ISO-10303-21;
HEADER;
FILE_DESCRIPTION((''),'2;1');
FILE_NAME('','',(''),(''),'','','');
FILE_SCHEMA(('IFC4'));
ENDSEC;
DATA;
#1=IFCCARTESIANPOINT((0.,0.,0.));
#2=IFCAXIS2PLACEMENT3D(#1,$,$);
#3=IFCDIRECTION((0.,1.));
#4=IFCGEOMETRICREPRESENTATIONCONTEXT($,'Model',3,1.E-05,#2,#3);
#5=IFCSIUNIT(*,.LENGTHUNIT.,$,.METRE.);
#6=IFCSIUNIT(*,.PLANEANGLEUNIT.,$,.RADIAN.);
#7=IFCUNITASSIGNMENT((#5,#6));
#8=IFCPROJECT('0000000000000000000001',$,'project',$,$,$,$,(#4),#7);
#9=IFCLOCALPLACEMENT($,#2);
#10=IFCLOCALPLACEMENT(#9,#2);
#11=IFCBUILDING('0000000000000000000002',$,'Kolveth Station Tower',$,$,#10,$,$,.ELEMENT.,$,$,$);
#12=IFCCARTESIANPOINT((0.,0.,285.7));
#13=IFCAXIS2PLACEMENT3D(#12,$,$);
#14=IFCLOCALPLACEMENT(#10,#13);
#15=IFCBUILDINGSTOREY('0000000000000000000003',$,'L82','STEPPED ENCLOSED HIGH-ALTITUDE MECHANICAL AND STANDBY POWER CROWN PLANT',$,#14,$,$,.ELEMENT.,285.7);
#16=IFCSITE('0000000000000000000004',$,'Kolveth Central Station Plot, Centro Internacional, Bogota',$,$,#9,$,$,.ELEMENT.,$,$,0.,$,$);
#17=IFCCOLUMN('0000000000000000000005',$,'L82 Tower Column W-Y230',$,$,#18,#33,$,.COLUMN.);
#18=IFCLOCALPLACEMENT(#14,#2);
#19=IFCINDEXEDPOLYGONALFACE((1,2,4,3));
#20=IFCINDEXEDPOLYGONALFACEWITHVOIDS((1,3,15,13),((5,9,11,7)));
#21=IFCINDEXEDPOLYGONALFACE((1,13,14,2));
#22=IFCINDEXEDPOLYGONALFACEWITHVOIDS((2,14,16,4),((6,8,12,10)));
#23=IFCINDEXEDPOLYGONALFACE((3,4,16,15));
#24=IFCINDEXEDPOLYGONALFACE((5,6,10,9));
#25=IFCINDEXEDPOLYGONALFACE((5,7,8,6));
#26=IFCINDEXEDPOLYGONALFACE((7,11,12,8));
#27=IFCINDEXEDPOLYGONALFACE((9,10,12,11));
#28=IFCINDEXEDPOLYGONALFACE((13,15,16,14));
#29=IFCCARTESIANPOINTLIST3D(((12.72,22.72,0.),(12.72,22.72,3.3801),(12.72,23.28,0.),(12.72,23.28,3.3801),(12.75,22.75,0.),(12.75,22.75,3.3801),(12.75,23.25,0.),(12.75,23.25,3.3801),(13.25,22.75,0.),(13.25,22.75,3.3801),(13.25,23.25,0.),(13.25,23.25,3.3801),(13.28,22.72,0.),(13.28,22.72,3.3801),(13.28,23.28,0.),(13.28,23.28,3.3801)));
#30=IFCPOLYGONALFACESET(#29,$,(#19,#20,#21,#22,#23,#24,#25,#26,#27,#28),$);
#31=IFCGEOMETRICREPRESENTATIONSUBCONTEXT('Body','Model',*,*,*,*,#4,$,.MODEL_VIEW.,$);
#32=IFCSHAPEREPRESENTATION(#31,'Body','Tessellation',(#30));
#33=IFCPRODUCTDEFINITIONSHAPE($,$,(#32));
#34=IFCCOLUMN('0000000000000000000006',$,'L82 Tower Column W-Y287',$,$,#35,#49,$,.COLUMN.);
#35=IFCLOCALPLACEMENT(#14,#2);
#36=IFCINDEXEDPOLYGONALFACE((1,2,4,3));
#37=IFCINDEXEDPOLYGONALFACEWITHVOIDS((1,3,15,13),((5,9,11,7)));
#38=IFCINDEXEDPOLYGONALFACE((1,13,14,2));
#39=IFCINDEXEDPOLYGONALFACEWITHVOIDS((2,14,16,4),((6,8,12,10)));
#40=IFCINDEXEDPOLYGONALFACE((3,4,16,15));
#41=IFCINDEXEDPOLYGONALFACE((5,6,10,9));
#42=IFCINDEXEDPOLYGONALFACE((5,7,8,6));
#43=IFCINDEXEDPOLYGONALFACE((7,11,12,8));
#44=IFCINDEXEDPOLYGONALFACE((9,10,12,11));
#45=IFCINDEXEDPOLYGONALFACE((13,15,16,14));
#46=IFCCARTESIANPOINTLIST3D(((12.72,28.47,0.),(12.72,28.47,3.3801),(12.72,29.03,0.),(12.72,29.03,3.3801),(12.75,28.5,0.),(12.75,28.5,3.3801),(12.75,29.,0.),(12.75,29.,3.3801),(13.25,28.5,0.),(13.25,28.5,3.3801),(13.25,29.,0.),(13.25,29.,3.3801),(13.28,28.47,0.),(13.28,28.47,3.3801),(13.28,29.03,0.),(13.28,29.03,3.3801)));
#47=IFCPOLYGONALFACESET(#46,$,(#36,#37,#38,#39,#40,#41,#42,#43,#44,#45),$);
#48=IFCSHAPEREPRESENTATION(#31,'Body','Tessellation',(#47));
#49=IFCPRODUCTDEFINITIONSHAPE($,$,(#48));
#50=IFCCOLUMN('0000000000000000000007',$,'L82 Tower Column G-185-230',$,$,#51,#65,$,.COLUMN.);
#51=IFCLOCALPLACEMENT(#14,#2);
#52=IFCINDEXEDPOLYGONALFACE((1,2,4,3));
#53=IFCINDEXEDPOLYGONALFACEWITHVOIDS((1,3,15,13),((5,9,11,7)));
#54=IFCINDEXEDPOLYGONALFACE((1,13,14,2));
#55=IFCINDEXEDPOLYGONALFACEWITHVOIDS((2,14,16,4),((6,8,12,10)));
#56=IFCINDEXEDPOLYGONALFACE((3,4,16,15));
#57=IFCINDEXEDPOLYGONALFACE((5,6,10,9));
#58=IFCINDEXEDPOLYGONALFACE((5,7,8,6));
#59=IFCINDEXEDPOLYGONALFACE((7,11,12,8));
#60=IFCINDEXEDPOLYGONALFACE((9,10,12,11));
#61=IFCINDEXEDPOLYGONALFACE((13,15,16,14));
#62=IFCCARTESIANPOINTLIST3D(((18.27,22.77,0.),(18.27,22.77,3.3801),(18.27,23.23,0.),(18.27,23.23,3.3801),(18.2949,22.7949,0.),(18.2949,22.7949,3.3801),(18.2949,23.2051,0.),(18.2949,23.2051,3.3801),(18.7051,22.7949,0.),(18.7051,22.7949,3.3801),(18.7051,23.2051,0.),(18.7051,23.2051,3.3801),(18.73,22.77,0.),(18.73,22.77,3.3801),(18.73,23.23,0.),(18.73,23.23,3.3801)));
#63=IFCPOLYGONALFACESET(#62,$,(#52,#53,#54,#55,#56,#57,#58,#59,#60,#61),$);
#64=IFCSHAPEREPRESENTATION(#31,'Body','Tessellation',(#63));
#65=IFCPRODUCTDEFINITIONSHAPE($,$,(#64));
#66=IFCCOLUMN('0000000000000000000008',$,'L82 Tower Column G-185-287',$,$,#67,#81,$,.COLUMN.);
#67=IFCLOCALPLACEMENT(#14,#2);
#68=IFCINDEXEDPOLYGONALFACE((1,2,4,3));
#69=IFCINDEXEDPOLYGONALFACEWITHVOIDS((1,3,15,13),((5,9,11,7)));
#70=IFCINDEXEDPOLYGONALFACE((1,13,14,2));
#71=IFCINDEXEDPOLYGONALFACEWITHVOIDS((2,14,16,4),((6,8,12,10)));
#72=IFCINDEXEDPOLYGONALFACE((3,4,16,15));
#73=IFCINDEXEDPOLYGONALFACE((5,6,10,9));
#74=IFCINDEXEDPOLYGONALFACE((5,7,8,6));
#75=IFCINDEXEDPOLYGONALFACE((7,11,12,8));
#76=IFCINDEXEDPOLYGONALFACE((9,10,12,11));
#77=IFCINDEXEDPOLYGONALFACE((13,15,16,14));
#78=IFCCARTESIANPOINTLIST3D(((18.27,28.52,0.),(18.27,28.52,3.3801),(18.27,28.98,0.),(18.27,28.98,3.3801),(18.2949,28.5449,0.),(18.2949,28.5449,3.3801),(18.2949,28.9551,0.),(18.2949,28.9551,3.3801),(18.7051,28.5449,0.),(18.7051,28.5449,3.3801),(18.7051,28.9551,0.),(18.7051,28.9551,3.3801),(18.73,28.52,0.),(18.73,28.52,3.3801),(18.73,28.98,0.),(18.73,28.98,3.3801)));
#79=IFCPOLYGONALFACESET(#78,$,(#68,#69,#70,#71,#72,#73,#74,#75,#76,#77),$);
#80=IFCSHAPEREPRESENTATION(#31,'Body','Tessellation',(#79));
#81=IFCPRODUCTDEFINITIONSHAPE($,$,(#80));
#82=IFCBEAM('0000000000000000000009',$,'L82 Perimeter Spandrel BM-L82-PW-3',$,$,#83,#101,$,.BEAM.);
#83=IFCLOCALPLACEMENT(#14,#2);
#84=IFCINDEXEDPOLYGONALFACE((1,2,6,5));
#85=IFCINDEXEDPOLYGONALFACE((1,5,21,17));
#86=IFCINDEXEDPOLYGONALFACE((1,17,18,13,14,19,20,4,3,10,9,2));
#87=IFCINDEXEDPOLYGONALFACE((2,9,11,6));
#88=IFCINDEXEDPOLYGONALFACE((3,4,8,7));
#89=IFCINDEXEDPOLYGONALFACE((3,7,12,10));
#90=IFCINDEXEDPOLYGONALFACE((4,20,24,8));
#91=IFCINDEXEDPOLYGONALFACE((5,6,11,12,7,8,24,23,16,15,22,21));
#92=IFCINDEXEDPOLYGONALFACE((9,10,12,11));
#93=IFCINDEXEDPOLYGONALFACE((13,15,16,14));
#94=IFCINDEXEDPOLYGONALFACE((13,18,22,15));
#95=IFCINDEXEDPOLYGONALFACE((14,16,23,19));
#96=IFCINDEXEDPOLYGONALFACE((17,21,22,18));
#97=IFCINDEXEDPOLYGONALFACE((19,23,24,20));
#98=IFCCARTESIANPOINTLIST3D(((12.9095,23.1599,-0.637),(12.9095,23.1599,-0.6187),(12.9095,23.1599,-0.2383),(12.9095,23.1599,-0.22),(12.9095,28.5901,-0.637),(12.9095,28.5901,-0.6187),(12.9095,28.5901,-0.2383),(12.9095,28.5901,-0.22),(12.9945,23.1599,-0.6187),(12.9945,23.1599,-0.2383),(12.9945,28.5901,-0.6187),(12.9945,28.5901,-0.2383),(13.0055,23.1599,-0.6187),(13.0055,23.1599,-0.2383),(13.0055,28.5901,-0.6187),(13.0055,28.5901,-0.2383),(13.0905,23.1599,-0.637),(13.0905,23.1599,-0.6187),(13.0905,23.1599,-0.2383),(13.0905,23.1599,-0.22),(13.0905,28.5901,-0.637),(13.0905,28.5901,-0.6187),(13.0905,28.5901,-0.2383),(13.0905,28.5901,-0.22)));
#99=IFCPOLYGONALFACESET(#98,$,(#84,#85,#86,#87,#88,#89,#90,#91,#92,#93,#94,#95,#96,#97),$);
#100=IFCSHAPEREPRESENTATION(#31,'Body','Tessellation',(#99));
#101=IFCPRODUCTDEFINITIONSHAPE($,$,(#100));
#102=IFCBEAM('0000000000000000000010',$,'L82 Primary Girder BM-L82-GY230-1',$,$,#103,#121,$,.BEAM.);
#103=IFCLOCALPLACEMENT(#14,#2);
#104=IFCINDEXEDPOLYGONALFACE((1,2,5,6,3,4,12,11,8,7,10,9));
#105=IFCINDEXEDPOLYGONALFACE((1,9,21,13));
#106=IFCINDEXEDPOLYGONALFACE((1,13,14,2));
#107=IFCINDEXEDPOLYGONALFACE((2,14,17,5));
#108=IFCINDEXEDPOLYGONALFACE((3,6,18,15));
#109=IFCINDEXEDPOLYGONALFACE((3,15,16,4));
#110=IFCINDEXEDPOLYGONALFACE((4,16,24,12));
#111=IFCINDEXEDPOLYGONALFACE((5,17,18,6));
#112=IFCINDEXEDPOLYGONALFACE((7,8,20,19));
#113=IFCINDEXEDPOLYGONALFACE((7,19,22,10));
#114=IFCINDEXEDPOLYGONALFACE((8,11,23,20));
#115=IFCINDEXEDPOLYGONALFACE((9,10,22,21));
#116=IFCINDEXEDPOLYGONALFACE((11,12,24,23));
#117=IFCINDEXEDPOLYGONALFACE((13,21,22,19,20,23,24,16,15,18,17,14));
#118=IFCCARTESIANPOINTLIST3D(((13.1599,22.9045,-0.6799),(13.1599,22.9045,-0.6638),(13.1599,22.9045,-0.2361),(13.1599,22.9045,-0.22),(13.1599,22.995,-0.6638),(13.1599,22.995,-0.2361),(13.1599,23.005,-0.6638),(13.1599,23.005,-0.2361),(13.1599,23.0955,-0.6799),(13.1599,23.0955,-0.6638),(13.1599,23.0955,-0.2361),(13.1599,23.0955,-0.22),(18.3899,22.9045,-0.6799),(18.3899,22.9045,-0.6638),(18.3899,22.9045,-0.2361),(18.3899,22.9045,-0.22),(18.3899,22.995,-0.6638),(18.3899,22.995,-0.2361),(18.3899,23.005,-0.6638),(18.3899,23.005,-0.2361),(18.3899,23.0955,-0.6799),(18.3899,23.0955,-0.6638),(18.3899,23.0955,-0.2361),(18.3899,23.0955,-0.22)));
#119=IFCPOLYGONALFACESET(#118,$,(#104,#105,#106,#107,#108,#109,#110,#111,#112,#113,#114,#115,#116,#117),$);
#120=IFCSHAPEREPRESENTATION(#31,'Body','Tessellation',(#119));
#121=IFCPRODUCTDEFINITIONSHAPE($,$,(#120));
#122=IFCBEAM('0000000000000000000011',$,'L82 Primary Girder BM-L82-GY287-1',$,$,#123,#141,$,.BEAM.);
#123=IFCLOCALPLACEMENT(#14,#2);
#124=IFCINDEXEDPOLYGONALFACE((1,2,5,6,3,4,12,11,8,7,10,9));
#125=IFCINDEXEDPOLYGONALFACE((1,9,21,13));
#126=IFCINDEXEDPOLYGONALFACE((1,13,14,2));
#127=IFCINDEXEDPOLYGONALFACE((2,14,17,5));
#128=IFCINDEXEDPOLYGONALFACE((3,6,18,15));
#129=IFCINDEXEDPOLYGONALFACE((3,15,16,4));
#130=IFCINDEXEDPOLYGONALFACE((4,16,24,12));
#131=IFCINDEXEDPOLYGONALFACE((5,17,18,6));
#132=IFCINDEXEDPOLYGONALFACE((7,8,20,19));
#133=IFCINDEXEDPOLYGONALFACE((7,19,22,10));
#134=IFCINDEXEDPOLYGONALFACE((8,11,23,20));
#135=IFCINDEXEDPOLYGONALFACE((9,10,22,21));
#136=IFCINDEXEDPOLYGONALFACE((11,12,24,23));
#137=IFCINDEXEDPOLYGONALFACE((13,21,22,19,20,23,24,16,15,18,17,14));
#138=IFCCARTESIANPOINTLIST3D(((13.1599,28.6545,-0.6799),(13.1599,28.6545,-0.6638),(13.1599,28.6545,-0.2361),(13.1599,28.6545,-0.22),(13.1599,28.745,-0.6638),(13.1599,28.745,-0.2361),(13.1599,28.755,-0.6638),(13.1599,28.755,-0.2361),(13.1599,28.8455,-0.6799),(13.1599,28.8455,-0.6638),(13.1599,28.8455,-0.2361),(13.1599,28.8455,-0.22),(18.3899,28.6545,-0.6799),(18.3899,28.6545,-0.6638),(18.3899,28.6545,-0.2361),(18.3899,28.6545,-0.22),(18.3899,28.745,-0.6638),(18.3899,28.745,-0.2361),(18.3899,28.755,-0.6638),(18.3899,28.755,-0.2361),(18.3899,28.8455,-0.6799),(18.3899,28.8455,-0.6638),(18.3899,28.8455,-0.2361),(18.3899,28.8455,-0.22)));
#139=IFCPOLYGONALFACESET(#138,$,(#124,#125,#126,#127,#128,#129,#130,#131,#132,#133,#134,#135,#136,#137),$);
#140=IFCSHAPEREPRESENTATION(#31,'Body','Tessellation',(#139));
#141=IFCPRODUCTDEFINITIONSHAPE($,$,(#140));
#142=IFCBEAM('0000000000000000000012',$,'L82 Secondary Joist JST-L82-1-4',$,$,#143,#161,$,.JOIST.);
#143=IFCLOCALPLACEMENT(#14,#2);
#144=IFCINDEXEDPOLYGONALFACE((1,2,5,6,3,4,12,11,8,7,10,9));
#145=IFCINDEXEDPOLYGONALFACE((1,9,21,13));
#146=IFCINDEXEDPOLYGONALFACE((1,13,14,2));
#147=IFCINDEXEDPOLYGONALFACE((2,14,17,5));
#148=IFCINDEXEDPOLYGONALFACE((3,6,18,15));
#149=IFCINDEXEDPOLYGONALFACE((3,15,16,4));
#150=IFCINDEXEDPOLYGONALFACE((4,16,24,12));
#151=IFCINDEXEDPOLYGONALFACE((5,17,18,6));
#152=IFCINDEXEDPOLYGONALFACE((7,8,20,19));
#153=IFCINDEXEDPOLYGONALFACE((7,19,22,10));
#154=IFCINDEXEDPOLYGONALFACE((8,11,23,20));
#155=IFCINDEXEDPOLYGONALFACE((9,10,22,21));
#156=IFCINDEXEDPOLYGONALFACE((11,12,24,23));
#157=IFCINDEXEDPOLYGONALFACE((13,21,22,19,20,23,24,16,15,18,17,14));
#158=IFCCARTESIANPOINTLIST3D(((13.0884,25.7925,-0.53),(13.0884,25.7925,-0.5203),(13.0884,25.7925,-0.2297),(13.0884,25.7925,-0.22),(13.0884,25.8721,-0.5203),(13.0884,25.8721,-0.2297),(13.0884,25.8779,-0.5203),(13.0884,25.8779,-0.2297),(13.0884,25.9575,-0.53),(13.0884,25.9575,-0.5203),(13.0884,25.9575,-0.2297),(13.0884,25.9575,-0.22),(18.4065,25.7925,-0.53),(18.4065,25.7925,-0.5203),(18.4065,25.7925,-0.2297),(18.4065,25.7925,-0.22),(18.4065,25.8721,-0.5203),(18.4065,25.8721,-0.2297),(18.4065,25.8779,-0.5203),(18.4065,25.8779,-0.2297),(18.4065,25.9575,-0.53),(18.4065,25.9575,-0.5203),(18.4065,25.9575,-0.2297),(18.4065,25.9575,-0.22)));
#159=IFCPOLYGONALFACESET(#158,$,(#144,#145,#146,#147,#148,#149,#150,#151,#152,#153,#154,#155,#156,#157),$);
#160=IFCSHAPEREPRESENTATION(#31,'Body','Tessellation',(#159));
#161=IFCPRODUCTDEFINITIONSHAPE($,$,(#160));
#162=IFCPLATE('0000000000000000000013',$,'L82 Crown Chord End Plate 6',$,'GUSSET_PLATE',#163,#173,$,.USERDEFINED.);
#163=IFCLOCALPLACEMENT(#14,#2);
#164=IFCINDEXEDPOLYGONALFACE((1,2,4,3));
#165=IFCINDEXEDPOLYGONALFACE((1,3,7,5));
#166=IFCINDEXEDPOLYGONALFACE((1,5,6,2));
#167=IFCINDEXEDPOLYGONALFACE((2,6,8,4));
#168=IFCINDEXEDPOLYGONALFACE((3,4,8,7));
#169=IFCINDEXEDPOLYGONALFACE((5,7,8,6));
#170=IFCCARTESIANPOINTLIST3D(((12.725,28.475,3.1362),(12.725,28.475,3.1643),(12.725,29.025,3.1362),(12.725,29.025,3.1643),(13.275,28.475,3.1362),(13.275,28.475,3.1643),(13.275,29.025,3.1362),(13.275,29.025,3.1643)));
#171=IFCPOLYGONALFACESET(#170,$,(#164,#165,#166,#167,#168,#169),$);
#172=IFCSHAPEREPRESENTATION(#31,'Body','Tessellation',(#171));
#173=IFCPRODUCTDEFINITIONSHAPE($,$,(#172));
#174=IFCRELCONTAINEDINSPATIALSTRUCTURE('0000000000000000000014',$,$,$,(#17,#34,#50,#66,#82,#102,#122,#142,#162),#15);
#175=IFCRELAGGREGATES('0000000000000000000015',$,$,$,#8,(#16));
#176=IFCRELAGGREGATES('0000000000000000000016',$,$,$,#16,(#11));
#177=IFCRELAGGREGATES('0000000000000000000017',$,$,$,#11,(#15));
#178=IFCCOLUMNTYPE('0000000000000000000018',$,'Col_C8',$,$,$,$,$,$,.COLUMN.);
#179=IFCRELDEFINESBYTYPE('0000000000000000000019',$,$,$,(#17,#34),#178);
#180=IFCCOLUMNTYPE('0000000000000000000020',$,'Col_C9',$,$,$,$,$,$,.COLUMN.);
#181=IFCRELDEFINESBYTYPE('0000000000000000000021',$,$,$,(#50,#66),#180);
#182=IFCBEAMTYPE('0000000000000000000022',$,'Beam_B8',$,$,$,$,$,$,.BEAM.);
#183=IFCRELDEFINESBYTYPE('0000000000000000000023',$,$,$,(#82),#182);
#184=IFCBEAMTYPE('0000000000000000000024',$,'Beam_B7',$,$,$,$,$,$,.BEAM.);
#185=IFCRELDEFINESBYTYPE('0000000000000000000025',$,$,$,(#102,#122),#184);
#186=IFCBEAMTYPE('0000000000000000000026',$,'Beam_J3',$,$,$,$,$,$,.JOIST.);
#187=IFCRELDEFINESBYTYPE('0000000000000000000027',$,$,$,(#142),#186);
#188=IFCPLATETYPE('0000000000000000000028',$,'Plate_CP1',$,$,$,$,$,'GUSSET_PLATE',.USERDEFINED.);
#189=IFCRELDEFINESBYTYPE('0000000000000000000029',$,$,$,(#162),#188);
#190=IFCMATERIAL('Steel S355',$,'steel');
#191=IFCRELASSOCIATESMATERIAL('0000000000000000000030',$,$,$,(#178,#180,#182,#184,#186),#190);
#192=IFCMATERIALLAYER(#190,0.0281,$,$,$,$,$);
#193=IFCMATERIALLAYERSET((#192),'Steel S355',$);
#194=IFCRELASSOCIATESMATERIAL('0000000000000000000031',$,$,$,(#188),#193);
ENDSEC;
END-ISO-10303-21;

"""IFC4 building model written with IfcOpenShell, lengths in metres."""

from ifc_helpers import new_model, si_unit, direction, frame, origin, origin_2d, place, context, subcontext, project, spatial, rectangle, hollow_rectangle, i_section, extrude, source, transform, mapped, material, layer, layer_set, material_profile, profile_set, type_object, element, save


model = new_model("IFC4")

# Units and contexts
model_context = context("Model", 3, precision=1e-05, world=origin(), true_north=direction((0.0, 1.0)))
body_context = subcontext(model_context, "Body", "Model", "MODEL_VIEW")
ifc_project = project(units=[si_unit("LENGTHUNIT", "METRE"), si_unit("PLANEANGLEUNIT", "RADIAN")], contexts=[model_context])

# Site, building, storey
site_placement = place(None, origin())
site = spatial("IfcSite", under=ifc_project, at=site_placement, Name="Kolveth Central Station Plot, Centro Internacional, Bogota", CompositionType="ELEMENT", RefElevation=0.0)
building_placement = place(site_placement, origin())
building = spatial("IfcBuilding", under=site, at=building_placement, Name="Kolveth Station Tower", CompositionType="ELEMENT")
storey_placement = place(building_placement, frame((0.0, 0.0, 285.7)))
storey = spatial("IfcBuildingStorey", under=building, at=storey_placement, Name="L82", Description="STEPPED ENCLOSED HIGH-ALTITUDE MECHANICAL AND STANDBY POWER CROWN PLANT", CompositionType="ELEMENT", Elevation=285.7)

# Columns
ifc_material_1 = material(Name="Steel S355", Category="steel")
ifc_material_profile_1 = material_profile(ifc_material_1, hollow_rectangle(XDim=0.5601, YDim=0.5601, WallThickness=0.03, at=origin_2d()), Name="BOX560x560x30")
ifc_profile_set_1 = profile_set([ifc_material_profile_1], Name="Steel S355")
column_type_1 = type_object("IfcColumnType", Name="Col_C8", PredefinedType="COLUMN", material=ifc_profile_set_1)
shared_shape_1 = source(origin(), body_context, "Body", "SweptSolid", [
    extrude(hollow_rectangle(XDim=0.5601, YDim=0.5601, WallThickness=0.03, at=origin_2d()), origin(), (0.0, 0.0, 1.0), 3.3801),
])
for number, where, z_axis, x_axis, name in (
    (1, (13.0, 23.0, 0.0), (0.0, 0.0, 1.0), (1.0, 0.0, 0.0), "L82 Tower Column W-Y230"),
    (2, (13.0, 28.75, 0.0), (0.0, 0.0, 1.0), (1.0, 0.0, 0.0), "L82 Tower Column W-Y287"),
):
    element("IfcColumn", number, at=place(storey_placement, frame(where, z_axis=z_axis, x_axis=x_axis)), inside=storey, type_object=column_type_1, Name=name, PredefinedType="COLUMN", context=body_context, shape_type="MappedRepresentation", body=[
        mapped(shared_shape_1, transform((0.0, 0.0, 0.0), x_axis=(1.0, 0.0, 0.0), y_axis=(0.0, 1.0, 0.0), z_axis=(0.0, 0.0, 1.0), scale=1.0)),
    ])
ifc_material_profile_2 = material_profile(ifc_material_1, hollow_rectangle(XDim=0.46, YDim=0.46, WallThickness=0.0249, at=origin_2d()), Name="BOX460x460x25")
ifc_profile_set_2 = profile_set([ifc_material_profile_2], Name="Steel S355")
column_type_2 = type_object("IfcColumnType", Name="Col_C9", PredefinedType="COLUMN", material=ifc_profile_set_2)
shared_shape_2 = source(origin(), body_context, "Body", "SweptSolid", [
    extrude(hollow_rectangle(XDim=0.46, YDim=0.46, WallThickness=0.0249, at=origin_2d()), origin(), (0.0, 0.0, 1.0), 3.3801),
])
for number, where, z_axis, x_axis, name in (
    (3, (18.5, 23.0, 0.0), (0.0, 0.0, 1.0), (1.0, 0.0, 0.0), "L82 Tower Column G-185-230"),
    (4, (18.5, 28.75, 0.0), (0.0, 0.0, 1.0), (1.0, 0.0, 0.0), "L82 Tower Column G-185-287"),
):
    element("IfcColumn", number, at=place(storey_placement, frame(where, z_axis=z_axis, x_axis=x_axis)), inside=storey, type_object=column_type_2, Name=name, PredefinedType="COLUMN", context=body_context, shape_type="MappedRepresentation", body=[
        mapped(shared_shape_2, transform((0.0, 0.0, 0.0), x_axis=(1.0, 0.0, 0.0), y_axis=(0.0, 1.0, 0.0), z_axis=(0.0, 0.0, 1.0), scale=1.0)),
    ])

# Beams
ifc_material_profile_3 = material_profile(ifc_material_1, i_section(OverallWidth=0.1809, OverallDepth=0.417, WebThickness=0.011, FlangeThickness=0.0183, at=origin_2d()), Name="W410x85")
ifc_profile_set_3 = profile_set([ifc_material_profile_3], Name="Steel S355")
beam_type_1 = type_object("IfcBeamType", Name="Beam_B8", PredefinedType="BEAM", material=ifc_profile_set_3)
shared_shape_3 = source(origin(), body_context, "Body", "SweptSolid", [
    extrude(i_section(OverallWidth=0.1809, OverallDepth=0.417, WebThickness=0.011, FlangeThickness=0.0183, at=origin_2d()), origin(), (0.0, 0.0, 1.0), 5.4302),
])
beam_1_placement = place(storey_placement, frame((13.0, 23.1599, -0.4285), z_axis=(0.0, 1.0, 0.0), x_axis=(-1.0, 0.0, 0.0)))
element("IfcBeam", 5, at=beam_1_placement, inside=storey, type_object=beam_type_1, Name="L82 Perimeter Spandrel BM-L82-PW-3", PredefinedType="BEAM", context=body_context, shape_type="MappedRepresentation", body=[
    mapped(shared_shape_3, transform((0.0, 0.0, 0.0), x_axis=(1.0, 0.0, 0.0), y_axis=(0.0, 1.0, 0.0), z_axis=(0.0, 0.0, 1.0), scale=1.0)),
])
ifc_material_profile_4 = material_profile(ifc_material_1, i_section(OverallWidth=0.1909, OverallDepth=0.46, WebThickness=0.01, FlangeThickness=0.0161, at=origin_2d()), Name="W460x82")
ifc_profile_set_4 = profile_set([ifc_material_profile_4], Name="Steel S355")
beam_type_2 = type_object("IfcBeamType", Name="Beam_B7", PredefinedType="BEAM", material=ifc_profile_set_4)
shared_shape_4 = source(origin(), body_context, "Body", "SweptSolid", [
    extrude(i_section(OverallWidth=0.1909, OverallDepth=0.46, WebThickness=0.01, FlangeThickness=0.0161, at=origin_2d()), origin(), (0.0, 0.0, 1.0), 5.23),
])
for number, where, z_axis, x_axis, name in (
    (6, (13.1599, 23.0, -0.45), (1.0, 0.0, 0.0), (0.0, 1.0, 0.0), "L82 Primary Girder BM-L82-GY230-1"),
    (7, (13.1599, 28.75, -0.45), (1.0, 0.0, 0.0), (0.0, 1.0, 0.0), "L82 Primary Girder BM-L82-GY287-1"),
):
    element("IfcBeam", number, at=place(storey_placement, frame(where, z_axis=z_axis, x_axis=x_axis)), inside=storey, type_object=beam_type_2, Name=name, PredefinedType="BEAM", context=body_context, shape_type="MappedRepresentation", body=[
        mapped(shared_shape_4, transform((0.0, 0.0, 0.0), x_axis=(1.0, 0.0, 0.0), y_axis=(0.0, 1.0, 0.0), z_axis=(0.0, 0.0, 1.0), scale=1.0)),
    ])
ifc_material_profile_5 = material_profile(ifc_material_1, i_section(OverallWidth=0.165, OverallDepth=0.3101, WebThickness=0.0059, FlangeThickness=0.0098, at=origin_2d()), Name="W310x39")
ifc_profile_set_5 = profile_set([ifc_material_profile_5], Name="Steel S355")
beam_type_3 = type_object("IfcBeamType", Name="Beam_J3", PredefinedType="JOIST", material=ifc_profile_set_5)
shared_shape_5 = source(origin(), body_context, "Body", "SweptSolid", [
    extrude(i_section(OverallWidth=0.165, OverallDepth=0.3101, WebThickness=0.0059, FlangeThickness=0.0098, at=origin_2d()), origin(), (0.0, 0.0, 1.0), 5.3181),
])
beam_2_placement = place(storey_placement, frame((13.0884, 25.875, -0.375), z_axis=(1.0, 0.0, 0.0), x_axis=(0.0, 1.0, 0.0)))
element("IfcBeam", 8, at=beam_2_placement, inside=storey, type_object=beam_type_3, Name="L82 Secondary Joist JST-L82-1-4", PredefinedType="JOIST", context=body_context, shape_type="MappedRepresentation", body=[
    mapped(shared_shape_5, transform((0.0, 0.0, 0.0), x_axis=(1.0, 0.0, 0.0), y_axis=(0.0, 1.0, 0.0), z_axis=(0.0, 0.0, 1.0), scale=1.0)),
])

# Plate
ifc_layer_1 = layer(ifc_material_1, 0.0281)
ifc_layer_set_1 = layer_set([ifc_layer_1], Name="Steel S355")
plate_type = type_object("IfcPlateType", Name="Plate_CP1", ElementType="GUSSET_PLATE", PredefinedType="USERDEFINED", material=ifc_layer_set_1)
shared_shape_6 = source(origin(), body_context, "Body", "SweptSolid", [
    extrude(rectangle(XDim=0.55, YDim=0.55, at=origin_2d()), origin(), (0.0, 0.0, 1.0), 0.0281),
])
plate_placement = place(storey_placement, frame((13.0, 28.75, 3.1362), z_axis=(0.0, 0.0, 1.0), x_axis=(1.0, 0.0, 0.0)))
element("IfcPlate", 9, at=plate_placement, inside=storey, type_object=plate_type, Name="L82 Crown Chord End Plate 6", ObjectType="GUSSET_PLATE", PredefinedType="USERDEFINED", context=body_context, shape_type="MappedRepresentation", body=[
    mapped(shared_shape_6, transform((0.0, 0.0, 0.0), x_axis=(1.0, 0.0, 0.0), y_axis=(0.0, 1.0, 0.0), z_axis=(0.0, 0.0, 1.0), scale=1.0)),
])

save(model, "model.ifc")
